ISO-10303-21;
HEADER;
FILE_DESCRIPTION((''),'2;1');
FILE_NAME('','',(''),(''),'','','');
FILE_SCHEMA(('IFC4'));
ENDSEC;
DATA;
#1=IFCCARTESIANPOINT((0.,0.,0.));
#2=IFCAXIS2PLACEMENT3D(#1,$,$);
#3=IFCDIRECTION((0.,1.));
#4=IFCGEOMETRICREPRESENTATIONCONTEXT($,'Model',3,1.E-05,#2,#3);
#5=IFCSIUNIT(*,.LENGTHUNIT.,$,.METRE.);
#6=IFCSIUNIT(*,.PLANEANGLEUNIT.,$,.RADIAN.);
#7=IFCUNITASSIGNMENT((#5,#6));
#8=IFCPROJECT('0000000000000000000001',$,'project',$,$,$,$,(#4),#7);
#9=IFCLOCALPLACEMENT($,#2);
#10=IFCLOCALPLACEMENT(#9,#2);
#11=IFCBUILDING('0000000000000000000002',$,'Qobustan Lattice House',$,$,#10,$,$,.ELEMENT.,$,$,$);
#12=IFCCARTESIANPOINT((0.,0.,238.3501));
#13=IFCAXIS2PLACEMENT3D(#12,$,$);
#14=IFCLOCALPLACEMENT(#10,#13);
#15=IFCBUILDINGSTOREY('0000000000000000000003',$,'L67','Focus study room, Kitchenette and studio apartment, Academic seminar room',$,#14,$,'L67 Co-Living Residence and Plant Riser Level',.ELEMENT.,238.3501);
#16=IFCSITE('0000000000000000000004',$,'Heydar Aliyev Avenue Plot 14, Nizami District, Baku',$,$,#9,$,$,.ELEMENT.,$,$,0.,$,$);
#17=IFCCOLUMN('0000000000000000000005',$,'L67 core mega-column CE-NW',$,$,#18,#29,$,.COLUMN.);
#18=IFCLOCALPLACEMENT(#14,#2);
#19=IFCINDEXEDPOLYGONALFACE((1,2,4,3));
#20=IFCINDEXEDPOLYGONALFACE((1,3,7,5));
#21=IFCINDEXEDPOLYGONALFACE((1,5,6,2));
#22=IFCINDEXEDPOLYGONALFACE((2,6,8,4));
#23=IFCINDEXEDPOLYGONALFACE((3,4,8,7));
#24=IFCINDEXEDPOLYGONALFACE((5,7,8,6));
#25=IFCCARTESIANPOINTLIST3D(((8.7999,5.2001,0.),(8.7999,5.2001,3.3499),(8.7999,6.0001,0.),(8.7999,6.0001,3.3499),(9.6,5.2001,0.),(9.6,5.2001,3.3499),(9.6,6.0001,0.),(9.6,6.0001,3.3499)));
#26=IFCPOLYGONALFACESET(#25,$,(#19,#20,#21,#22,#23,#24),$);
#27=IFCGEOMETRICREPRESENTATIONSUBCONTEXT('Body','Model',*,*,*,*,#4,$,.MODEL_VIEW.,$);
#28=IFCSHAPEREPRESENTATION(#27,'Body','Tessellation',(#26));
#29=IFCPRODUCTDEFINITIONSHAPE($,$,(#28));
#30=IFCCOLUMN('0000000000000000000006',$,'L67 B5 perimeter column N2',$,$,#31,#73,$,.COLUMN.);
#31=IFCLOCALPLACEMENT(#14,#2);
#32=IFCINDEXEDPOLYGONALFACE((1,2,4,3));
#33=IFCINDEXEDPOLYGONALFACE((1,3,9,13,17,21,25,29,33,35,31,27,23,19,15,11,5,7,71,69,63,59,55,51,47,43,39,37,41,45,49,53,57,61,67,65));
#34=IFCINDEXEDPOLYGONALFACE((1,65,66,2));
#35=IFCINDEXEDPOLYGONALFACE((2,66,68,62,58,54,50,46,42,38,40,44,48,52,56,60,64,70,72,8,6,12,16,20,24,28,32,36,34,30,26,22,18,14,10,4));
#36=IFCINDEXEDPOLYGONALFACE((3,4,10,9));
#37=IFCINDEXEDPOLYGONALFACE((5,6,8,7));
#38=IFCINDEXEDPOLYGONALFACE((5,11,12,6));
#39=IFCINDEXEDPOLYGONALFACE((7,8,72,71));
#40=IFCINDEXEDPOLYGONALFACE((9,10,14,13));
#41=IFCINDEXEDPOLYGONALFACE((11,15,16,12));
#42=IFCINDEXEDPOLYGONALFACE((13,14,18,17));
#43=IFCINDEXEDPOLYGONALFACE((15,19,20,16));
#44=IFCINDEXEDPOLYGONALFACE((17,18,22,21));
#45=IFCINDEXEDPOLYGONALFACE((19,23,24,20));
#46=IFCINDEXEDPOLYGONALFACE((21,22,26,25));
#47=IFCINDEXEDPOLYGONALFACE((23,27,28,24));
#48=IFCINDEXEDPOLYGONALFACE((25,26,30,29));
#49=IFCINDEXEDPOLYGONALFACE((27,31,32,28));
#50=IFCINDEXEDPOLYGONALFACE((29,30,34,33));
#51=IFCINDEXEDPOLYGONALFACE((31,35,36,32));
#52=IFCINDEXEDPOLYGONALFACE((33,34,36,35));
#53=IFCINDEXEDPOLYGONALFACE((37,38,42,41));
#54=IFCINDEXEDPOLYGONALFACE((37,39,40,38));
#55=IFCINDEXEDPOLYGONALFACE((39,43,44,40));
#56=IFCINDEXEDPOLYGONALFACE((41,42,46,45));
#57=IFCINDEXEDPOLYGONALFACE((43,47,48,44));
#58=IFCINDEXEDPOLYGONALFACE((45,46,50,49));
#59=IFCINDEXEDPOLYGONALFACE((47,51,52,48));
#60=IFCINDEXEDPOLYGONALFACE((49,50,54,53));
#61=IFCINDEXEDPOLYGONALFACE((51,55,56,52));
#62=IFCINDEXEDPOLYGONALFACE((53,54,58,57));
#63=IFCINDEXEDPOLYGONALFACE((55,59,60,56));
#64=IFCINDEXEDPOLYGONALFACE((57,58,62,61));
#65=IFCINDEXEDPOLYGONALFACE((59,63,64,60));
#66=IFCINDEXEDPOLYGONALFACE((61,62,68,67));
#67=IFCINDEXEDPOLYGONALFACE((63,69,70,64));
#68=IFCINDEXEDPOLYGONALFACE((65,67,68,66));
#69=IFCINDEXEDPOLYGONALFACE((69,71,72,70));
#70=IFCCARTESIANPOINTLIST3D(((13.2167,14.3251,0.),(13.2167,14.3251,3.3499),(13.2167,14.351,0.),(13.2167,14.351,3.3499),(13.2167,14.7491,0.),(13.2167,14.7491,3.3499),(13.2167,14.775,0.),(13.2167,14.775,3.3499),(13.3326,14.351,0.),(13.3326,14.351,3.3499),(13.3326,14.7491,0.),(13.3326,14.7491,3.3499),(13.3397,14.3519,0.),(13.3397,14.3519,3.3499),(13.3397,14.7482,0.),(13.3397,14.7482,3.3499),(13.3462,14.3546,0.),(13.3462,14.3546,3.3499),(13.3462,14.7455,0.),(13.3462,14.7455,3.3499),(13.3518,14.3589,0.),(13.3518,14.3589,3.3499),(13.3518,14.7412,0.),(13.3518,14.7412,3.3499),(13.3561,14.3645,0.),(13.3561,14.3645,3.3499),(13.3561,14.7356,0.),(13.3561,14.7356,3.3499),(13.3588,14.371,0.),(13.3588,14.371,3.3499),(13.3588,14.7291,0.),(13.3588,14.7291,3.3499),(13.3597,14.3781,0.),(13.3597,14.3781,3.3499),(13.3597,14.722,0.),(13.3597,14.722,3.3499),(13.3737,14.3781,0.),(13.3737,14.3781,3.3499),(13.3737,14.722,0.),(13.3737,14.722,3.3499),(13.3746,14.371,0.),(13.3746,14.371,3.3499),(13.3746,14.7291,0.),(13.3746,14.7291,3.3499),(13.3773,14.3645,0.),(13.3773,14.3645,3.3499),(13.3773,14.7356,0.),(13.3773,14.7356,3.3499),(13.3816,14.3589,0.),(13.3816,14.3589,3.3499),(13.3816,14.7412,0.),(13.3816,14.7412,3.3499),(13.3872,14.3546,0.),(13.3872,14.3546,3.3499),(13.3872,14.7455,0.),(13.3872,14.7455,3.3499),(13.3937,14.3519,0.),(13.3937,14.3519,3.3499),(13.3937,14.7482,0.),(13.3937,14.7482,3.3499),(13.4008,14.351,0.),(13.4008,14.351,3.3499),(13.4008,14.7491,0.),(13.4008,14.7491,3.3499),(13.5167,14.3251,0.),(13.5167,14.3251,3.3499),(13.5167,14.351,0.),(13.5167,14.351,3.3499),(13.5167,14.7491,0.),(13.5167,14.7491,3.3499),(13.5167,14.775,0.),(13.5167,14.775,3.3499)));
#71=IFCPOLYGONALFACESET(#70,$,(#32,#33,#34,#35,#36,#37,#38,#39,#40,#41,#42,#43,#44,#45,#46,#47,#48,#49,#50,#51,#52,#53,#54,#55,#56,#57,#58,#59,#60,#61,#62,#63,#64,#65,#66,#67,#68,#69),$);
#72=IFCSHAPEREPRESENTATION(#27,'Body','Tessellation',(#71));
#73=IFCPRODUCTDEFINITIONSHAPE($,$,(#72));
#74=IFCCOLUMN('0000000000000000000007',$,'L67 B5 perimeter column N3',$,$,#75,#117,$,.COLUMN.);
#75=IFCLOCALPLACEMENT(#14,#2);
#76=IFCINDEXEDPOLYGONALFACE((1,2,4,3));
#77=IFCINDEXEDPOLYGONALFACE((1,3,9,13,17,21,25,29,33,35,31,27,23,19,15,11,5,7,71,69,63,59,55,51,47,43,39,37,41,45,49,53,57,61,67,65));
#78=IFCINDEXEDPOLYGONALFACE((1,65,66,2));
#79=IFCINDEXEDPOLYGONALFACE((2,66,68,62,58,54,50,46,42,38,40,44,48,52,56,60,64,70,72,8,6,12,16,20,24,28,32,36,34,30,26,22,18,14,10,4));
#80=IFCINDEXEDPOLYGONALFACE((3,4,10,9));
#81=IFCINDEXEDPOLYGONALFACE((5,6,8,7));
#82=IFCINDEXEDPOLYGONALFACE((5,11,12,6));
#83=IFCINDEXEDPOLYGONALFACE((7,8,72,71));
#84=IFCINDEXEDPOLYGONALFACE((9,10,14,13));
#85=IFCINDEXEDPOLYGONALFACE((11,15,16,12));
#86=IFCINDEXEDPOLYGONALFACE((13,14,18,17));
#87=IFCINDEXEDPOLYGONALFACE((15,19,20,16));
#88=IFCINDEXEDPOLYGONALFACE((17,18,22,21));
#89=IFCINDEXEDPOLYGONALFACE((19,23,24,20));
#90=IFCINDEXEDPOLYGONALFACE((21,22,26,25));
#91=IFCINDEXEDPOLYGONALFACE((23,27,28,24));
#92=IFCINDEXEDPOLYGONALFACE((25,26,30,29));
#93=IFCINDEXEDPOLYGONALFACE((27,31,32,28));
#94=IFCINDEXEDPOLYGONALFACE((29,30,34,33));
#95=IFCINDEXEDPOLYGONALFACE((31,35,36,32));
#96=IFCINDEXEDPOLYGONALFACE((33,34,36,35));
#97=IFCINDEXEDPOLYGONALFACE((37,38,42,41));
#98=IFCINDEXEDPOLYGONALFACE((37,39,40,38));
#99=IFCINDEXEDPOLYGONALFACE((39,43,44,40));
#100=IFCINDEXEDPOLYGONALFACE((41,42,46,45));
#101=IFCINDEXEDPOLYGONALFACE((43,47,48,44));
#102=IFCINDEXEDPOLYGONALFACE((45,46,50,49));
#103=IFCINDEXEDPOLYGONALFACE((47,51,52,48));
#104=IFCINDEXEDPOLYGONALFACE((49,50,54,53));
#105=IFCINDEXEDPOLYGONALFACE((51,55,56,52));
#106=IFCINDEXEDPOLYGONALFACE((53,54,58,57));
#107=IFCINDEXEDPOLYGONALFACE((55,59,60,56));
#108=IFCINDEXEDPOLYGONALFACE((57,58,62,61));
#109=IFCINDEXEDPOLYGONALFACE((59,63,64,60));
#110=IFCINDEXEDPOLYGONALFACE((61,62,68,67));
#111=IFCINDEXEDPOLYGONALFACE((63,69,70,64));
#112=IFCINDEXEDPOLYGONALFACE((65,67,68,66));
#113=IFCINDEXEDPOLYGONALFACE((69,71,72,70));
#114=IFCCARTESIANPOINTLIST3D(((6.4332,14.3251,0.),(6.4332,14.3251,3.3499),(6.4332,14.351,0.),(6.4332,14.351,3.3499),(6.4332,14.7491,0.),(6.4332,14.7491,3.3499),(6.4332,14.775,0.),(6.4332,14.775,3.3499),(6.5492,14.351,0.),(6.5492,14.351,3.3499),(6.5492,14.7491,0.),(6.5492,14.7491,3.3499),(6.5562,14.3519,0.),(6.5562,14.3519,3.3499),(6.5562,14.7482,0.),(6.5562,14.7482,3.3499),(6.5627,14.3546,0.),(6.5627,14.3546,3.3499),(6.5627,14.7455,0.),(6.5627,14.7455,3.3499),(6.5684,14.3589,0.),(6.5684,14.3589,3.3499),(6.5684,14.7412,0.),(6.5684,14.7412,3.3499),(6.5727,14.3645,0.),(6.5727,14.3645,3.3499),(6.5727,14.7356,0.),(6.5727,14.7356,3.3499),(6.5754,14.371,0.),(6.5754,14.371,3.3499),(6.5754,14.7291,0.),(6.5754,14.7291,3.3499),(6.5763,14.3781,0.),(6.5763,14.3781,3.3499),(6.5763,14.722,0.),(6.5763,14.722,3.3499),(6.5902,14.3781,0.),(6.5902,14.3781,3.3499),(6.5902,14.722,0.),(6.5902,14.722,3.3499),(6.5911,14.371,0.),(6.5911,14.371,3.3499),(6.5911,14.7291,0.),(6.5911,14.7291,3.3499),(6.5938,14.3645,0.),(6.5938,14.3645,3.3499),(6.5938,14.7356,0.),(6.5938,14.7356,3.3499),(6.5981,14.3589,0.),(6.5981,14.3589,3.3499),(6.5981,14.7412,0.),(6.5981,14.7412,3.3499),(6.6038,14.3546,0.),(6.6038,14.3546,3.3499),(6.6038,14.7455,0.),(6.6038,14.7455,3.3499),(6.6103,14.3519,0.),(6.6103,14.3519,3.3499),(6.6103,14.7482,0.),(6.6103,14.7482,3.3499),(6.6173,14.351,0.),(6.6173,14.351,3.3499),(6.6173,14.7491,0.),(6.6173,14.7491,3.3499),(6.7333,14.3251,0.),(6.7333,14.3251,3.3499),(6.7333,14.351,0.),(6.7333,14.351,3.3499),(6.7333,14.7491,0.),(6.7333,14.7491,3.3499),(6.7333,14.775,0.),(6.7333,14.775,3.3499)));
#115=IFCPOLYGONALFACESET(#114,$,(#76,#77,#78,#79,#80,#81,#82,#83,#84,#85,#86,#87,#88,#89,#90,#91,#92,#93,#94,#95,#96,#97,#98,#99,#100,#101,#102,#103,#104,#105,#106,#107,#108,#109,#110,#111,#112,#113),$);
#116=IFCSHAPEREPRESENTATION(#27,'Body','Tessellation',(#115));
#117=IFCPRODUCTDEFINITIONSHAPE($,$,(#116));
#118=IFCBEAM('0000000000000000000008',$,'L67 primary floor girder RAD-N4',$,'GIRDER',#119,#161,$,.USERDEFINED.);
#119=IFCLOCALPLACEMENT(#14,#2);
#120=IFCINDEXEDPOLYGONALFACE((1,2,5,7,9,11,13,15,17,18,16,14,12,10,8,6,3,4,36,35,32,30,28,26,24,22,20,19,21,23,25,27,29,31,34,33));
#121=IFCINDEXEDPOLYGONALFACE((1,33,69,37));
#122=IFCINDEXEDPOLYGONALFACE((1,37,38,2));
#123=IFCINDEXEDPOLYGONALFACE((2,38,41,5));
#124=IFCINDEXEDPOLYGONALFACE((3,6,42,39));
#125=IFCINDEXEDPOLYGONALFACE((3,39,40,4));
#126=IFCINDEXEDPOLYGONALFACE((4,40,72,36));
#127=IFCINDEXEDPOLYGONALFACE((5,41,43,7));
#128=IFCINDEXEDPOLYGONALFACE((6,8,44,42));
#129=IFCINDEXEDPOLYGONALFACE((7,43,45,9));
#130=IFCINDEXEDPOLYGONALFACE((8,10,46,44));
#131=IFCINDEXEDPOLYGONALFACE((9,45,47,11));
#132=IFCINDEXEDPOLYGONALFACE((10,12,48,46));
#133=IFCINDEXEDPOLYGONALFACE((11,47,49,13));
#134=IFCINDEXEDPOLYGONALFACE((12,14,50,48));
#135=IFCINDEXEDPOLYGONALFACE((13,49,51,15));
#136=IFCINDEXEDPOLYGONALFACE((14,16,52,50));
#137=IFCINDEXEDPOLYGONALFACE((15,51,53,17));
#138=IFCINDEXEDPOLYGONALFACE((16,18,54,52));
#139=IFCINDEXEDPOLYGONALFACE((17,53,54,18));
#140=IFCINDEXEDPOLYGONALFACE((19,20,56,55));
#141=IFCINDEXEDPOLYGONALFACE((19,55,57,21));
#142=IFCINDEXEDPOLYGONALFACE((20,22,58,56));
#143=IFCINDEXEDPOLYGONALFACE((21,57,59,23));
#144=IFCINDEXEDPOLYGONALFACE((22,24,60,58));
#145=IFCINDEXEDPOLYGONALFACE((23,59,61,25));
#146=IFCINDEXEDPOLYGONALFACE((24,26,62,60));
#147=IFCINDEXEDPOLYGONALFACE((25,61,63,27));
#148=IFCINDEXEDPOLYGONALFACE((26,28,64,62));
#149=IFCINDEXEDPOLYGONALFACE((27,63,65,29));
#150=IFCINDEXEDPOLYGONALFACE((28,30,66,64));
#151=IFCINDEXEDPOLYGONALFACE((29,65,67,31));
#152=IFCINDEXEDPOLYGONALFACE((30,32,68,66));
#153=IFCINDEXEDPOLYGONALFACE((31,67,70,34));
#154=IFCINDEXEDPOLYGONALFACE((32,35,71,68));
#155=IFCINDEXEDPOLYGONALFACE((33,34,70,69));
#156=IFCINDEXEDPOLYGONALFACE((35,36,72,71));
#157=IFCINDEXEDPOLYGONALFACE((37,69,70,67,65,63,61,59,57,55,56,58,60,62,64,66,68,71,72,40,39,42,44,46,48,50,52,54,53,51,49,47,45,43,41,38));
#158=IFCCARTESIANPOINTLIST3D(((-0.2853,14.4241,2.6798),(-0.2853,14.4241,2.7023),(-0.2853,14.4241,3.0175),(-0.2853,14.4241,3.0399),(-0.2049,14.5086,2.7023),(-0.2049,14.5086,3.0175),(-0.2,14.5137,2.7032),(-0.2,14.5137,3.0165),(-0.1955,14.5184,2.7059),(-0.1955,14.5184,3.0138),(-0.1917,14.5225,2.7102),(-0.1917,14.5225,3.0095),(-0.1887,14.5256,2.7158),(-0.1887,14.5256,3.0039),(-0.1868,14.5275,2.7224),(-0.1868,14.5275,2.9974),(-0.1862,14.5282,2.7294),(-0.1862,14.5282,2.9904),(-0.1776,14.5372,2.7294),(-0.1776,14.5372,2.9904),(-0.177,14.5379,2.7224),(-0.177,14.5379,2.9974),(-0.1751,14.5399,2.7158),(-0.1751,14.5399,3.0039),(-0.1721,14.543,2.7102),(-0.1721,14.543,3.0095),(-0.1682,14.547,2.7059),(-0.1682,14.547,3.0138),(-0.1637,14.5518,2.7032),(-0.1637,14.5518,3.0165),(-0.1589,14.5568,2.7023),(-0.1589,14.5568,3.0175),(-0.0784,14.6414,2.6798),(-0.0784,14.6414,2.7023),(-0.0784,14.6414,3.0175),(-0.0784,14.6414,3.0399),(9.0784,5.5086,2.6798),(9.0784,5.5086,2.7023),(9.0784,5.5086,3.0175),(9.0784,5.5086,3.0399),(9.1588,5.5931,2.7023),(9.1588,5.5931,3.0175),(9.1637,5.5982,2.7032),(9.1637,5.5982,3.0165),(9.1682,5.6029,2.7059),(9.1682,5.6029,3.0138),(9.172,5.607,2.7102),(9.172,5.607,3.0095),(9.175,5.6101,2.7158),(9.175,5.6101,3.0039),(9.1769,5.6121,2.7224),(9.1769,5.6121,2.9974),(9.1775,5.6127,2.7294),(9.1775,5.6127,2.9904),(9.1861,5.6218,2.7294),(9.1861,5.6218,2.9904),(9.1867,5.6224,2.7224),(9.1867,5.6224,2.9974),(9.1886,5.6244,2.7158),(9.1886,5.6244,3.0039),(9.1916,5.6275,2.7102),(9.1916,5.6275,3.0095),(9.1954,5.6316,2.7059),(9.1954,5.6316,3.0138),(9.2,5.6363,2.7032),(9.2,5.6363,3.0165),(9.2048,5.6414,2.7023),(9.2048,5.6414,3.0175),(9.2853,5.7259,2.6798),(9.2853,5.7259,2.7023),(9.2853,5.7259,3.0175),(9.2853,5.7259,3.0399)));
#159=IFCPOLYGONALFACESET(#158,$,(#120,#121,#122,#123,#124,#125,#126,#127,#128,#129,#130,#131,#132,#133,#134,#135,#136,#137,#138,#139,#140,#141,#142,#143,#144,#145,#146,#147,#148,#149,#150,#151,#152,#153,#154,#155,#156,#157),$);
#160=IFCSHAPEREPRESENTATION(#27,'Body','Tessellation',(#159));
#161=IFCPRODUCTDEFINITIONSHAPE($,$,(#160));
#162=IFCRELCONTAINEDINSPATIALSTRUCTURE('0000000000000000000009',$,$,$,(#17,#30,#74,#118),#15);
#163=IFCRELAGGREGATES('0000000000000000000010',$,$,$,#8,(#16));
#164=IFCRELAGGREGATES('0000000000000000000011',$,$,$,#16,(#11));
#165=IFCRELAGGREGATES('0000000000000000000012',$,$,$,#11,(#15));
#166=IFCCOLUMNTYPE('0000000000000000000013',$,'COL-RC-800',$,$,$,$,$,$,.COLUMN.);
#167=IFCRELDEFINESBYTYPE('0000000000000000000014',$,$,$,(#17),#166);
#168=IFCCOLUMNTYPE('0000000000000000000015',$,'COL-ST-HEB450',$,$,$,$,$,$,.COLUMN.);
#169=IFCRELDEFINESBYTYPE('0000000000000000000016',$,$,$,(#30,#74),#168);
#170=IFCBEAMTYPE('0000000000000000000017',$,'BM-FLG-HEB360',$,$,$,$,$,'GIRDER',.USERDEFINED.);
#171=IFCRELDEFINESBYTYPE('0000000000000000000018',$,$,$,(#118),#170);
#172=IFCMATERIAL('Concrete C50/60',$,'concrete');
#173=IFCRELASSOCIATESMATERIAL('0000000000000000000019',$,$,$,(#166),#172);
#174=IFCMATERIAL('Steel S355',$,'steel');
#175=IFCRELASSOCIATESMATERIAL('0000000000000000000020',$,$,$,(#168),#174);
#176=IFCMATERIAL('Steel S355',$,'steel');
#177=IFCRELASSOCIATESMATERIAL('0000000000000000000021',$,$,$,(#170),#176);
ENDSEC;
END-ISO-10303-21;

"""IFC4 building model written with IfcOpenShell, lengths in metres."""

from ifc_helpers import new_model, si_unit, direction, frame, origin, origin_2d, place, context, subcontext, project, spatial, rectangle, i_section, extrude, material, material_profile, profile_set, type_object, element, save


model = new_model("IFC4")

# Units and contexts
model_context = context("Model", 3, precision=1e-05, world=origin(), true_north=direction((0.0, 1.0)))
body_context = subcontext(model_context, "Body", "Model", "MODEL_VIEW")
ifc_project = project(units=[si_unit("LENGTHUNIT", "METRE"), si_unit("PLANEANGLEUNIT", "RADIAN")], contexts=[model_context])

# Site, building, storey
site_placement = place(None, origin())
site = spatial("IfcSite", under=ifc_project, at=site_placement, Name="Heydar Aliyev Avenue Plot 14, Nizami District, Baku", CompositionType="ELEMENT", RefElevation=0.0)
building_placement = place(site_placement, origin())
building = spatial("IfcBuilding", under=site, at=building_placement, Name="Qobustan Lattice House", CompositionType="ELEMENT")
storey_placement = place(building_placement, frame((0.0, 0.0, 238.3501)))
storey = spatial("IfcBuildingStorey", under=building, at=storey_placement, Name="L67", Description="Focus study room, Kitchenette and studio apartment, Academic seminar room", LongName="L67 Co-Living Residence and Plant Riser Level", CompositionType="ELEMENT", Elevation=238.3501)

# Columns
ifc_material_1 = material(Name="Concrete C50/60", Category="concrete")
ifc_material_profile_1 = material_profile(ifc_material_1, rectangle(XDim=0.8, YDim=0.8, at=origin_2d()), Name="RC800x800")
ifc_profile_set_1 = profile_set([ifc_material_profile_1], Name="Concrete C50/60")
column_type_1 = type_object("IfcColumnType", Name="COL-RC-800", PredefinedType="COLUMN", material=ifc_profile_set_1)
column_placement = place(storey_placement, frame((9.2, 5.6001, 0.0), z_axis=(0.0, 0.0, 1.0), x_axis=(1.0, 0.0, 0.0)))
element("IfcColumn", 1, at=column_placement, inside=storey, type_object=column_type_1, Name="L67 core mega-column CE-NW", PredefinedType="COLUMN", context=body_context, shape_type="SweptSolid", body=[
    extrude(rectangle(XDim=0.8, YDim=0.8, at=origin_2d()), origin(), (0.0, 0.0, 1.0), 3.3499),
])
ifc_material_2 = material(Name="Steel S355", Category="steel")
ifc_material_profile_2 = material_profile(ifc_material_2, i_section(OverallWidth=0.3, OverallDepth=0.45, WebThickness=0.0139, FlangeThickness=0.0259, FilletRadius=0.0271, at=origin_2d()), Name="HEB450")
ifc_profile_set_2 = profile_set([ifc_material_profile_2], Name="Steel S355")
column_type_2 = type_object("IfcColumnType", Name="COL-ST-HEB450", PredefinedType="COLUMN", material=ifc_profile_set_2)
for number, where, z_axis, x_axis, name in (
    (2, (13.3667, 14.55, 0.0), (0.0, 0.0, 1.0), (1.0, 0.0, 0.0), "L67 B5 perimeter column N2"),
    (3, (6.5833, 14.55, 0.0), (0.0, 0.0, 1.0), (1.0, 0.0, 0.0), "L67 B5 perimeter column N3"),
):
    element("IfcColumn", number, at=place(storey_placement, frame(where, z_axis=z_axis, x_axis=x_axis)), inside=storey, type_object=column_type_2, Name=name, PredefinedType="COLUMN", context=body_context, shape_type="SweptSolid", body=[
        extrude(i_section(OverallWidth=0.3, OverallDepth=0.45, WebThickness=0.0139, FlangeThickness=0.0259, FilletRadius=0.0271, at=origin_2d()), origin(), (0.0, 0.0, 1.0), 3.3499),
    ])

# Beam
ifc_material_3 = material(Name="Steel S355", Category="steel")
ifc_material_profile_3 = material_profile(ifc_material_3, i_section(OverallWidth=0.3, OverallDepth=0.3601, WebThickness=0.0125, FlangeThickness=0.0225, FilletRadius=0.0271, at=origin_2d()), Name="HEB360")
ifc_profile_set_3 = profile_set([ifc_material_profile_3], Name="Steel S355")
beam_type_1 = type_object("IfcBeamType", Name="BM-FLG-HEB360", ElementType="GIRDER", PredefinedType="USERDEFINED", material=ifc_profile_set_3)
beam_1_placement = place(storey_placement, frame((-0.1819, 14.5327, 2.8599), z_axis=(0.724229, -0.68956, 0.0), x_axis=(0.68956, 0.724229, 0.0)))
element("IfcBeam", 4, at=beam_1_placement, inside=storey, type_object=beam_type_1, Name="L67 primary floor girder RAD-N4", ObjectType="GIRDER", PredefinedType="USERDEFINED", context=body_context, shape_type="SweptSolid", body=[
    extrude(i_section(OverallWidth=0.3, OverallDepth=0.3601, WebThickness=0.0125, FlangeThickness=0.0225, FilletRadius=0.0271, at=origin_2d()), origin(), (0.0, 0.0, 1.0), 12.9292),
])

save(model, "model.ifc")
